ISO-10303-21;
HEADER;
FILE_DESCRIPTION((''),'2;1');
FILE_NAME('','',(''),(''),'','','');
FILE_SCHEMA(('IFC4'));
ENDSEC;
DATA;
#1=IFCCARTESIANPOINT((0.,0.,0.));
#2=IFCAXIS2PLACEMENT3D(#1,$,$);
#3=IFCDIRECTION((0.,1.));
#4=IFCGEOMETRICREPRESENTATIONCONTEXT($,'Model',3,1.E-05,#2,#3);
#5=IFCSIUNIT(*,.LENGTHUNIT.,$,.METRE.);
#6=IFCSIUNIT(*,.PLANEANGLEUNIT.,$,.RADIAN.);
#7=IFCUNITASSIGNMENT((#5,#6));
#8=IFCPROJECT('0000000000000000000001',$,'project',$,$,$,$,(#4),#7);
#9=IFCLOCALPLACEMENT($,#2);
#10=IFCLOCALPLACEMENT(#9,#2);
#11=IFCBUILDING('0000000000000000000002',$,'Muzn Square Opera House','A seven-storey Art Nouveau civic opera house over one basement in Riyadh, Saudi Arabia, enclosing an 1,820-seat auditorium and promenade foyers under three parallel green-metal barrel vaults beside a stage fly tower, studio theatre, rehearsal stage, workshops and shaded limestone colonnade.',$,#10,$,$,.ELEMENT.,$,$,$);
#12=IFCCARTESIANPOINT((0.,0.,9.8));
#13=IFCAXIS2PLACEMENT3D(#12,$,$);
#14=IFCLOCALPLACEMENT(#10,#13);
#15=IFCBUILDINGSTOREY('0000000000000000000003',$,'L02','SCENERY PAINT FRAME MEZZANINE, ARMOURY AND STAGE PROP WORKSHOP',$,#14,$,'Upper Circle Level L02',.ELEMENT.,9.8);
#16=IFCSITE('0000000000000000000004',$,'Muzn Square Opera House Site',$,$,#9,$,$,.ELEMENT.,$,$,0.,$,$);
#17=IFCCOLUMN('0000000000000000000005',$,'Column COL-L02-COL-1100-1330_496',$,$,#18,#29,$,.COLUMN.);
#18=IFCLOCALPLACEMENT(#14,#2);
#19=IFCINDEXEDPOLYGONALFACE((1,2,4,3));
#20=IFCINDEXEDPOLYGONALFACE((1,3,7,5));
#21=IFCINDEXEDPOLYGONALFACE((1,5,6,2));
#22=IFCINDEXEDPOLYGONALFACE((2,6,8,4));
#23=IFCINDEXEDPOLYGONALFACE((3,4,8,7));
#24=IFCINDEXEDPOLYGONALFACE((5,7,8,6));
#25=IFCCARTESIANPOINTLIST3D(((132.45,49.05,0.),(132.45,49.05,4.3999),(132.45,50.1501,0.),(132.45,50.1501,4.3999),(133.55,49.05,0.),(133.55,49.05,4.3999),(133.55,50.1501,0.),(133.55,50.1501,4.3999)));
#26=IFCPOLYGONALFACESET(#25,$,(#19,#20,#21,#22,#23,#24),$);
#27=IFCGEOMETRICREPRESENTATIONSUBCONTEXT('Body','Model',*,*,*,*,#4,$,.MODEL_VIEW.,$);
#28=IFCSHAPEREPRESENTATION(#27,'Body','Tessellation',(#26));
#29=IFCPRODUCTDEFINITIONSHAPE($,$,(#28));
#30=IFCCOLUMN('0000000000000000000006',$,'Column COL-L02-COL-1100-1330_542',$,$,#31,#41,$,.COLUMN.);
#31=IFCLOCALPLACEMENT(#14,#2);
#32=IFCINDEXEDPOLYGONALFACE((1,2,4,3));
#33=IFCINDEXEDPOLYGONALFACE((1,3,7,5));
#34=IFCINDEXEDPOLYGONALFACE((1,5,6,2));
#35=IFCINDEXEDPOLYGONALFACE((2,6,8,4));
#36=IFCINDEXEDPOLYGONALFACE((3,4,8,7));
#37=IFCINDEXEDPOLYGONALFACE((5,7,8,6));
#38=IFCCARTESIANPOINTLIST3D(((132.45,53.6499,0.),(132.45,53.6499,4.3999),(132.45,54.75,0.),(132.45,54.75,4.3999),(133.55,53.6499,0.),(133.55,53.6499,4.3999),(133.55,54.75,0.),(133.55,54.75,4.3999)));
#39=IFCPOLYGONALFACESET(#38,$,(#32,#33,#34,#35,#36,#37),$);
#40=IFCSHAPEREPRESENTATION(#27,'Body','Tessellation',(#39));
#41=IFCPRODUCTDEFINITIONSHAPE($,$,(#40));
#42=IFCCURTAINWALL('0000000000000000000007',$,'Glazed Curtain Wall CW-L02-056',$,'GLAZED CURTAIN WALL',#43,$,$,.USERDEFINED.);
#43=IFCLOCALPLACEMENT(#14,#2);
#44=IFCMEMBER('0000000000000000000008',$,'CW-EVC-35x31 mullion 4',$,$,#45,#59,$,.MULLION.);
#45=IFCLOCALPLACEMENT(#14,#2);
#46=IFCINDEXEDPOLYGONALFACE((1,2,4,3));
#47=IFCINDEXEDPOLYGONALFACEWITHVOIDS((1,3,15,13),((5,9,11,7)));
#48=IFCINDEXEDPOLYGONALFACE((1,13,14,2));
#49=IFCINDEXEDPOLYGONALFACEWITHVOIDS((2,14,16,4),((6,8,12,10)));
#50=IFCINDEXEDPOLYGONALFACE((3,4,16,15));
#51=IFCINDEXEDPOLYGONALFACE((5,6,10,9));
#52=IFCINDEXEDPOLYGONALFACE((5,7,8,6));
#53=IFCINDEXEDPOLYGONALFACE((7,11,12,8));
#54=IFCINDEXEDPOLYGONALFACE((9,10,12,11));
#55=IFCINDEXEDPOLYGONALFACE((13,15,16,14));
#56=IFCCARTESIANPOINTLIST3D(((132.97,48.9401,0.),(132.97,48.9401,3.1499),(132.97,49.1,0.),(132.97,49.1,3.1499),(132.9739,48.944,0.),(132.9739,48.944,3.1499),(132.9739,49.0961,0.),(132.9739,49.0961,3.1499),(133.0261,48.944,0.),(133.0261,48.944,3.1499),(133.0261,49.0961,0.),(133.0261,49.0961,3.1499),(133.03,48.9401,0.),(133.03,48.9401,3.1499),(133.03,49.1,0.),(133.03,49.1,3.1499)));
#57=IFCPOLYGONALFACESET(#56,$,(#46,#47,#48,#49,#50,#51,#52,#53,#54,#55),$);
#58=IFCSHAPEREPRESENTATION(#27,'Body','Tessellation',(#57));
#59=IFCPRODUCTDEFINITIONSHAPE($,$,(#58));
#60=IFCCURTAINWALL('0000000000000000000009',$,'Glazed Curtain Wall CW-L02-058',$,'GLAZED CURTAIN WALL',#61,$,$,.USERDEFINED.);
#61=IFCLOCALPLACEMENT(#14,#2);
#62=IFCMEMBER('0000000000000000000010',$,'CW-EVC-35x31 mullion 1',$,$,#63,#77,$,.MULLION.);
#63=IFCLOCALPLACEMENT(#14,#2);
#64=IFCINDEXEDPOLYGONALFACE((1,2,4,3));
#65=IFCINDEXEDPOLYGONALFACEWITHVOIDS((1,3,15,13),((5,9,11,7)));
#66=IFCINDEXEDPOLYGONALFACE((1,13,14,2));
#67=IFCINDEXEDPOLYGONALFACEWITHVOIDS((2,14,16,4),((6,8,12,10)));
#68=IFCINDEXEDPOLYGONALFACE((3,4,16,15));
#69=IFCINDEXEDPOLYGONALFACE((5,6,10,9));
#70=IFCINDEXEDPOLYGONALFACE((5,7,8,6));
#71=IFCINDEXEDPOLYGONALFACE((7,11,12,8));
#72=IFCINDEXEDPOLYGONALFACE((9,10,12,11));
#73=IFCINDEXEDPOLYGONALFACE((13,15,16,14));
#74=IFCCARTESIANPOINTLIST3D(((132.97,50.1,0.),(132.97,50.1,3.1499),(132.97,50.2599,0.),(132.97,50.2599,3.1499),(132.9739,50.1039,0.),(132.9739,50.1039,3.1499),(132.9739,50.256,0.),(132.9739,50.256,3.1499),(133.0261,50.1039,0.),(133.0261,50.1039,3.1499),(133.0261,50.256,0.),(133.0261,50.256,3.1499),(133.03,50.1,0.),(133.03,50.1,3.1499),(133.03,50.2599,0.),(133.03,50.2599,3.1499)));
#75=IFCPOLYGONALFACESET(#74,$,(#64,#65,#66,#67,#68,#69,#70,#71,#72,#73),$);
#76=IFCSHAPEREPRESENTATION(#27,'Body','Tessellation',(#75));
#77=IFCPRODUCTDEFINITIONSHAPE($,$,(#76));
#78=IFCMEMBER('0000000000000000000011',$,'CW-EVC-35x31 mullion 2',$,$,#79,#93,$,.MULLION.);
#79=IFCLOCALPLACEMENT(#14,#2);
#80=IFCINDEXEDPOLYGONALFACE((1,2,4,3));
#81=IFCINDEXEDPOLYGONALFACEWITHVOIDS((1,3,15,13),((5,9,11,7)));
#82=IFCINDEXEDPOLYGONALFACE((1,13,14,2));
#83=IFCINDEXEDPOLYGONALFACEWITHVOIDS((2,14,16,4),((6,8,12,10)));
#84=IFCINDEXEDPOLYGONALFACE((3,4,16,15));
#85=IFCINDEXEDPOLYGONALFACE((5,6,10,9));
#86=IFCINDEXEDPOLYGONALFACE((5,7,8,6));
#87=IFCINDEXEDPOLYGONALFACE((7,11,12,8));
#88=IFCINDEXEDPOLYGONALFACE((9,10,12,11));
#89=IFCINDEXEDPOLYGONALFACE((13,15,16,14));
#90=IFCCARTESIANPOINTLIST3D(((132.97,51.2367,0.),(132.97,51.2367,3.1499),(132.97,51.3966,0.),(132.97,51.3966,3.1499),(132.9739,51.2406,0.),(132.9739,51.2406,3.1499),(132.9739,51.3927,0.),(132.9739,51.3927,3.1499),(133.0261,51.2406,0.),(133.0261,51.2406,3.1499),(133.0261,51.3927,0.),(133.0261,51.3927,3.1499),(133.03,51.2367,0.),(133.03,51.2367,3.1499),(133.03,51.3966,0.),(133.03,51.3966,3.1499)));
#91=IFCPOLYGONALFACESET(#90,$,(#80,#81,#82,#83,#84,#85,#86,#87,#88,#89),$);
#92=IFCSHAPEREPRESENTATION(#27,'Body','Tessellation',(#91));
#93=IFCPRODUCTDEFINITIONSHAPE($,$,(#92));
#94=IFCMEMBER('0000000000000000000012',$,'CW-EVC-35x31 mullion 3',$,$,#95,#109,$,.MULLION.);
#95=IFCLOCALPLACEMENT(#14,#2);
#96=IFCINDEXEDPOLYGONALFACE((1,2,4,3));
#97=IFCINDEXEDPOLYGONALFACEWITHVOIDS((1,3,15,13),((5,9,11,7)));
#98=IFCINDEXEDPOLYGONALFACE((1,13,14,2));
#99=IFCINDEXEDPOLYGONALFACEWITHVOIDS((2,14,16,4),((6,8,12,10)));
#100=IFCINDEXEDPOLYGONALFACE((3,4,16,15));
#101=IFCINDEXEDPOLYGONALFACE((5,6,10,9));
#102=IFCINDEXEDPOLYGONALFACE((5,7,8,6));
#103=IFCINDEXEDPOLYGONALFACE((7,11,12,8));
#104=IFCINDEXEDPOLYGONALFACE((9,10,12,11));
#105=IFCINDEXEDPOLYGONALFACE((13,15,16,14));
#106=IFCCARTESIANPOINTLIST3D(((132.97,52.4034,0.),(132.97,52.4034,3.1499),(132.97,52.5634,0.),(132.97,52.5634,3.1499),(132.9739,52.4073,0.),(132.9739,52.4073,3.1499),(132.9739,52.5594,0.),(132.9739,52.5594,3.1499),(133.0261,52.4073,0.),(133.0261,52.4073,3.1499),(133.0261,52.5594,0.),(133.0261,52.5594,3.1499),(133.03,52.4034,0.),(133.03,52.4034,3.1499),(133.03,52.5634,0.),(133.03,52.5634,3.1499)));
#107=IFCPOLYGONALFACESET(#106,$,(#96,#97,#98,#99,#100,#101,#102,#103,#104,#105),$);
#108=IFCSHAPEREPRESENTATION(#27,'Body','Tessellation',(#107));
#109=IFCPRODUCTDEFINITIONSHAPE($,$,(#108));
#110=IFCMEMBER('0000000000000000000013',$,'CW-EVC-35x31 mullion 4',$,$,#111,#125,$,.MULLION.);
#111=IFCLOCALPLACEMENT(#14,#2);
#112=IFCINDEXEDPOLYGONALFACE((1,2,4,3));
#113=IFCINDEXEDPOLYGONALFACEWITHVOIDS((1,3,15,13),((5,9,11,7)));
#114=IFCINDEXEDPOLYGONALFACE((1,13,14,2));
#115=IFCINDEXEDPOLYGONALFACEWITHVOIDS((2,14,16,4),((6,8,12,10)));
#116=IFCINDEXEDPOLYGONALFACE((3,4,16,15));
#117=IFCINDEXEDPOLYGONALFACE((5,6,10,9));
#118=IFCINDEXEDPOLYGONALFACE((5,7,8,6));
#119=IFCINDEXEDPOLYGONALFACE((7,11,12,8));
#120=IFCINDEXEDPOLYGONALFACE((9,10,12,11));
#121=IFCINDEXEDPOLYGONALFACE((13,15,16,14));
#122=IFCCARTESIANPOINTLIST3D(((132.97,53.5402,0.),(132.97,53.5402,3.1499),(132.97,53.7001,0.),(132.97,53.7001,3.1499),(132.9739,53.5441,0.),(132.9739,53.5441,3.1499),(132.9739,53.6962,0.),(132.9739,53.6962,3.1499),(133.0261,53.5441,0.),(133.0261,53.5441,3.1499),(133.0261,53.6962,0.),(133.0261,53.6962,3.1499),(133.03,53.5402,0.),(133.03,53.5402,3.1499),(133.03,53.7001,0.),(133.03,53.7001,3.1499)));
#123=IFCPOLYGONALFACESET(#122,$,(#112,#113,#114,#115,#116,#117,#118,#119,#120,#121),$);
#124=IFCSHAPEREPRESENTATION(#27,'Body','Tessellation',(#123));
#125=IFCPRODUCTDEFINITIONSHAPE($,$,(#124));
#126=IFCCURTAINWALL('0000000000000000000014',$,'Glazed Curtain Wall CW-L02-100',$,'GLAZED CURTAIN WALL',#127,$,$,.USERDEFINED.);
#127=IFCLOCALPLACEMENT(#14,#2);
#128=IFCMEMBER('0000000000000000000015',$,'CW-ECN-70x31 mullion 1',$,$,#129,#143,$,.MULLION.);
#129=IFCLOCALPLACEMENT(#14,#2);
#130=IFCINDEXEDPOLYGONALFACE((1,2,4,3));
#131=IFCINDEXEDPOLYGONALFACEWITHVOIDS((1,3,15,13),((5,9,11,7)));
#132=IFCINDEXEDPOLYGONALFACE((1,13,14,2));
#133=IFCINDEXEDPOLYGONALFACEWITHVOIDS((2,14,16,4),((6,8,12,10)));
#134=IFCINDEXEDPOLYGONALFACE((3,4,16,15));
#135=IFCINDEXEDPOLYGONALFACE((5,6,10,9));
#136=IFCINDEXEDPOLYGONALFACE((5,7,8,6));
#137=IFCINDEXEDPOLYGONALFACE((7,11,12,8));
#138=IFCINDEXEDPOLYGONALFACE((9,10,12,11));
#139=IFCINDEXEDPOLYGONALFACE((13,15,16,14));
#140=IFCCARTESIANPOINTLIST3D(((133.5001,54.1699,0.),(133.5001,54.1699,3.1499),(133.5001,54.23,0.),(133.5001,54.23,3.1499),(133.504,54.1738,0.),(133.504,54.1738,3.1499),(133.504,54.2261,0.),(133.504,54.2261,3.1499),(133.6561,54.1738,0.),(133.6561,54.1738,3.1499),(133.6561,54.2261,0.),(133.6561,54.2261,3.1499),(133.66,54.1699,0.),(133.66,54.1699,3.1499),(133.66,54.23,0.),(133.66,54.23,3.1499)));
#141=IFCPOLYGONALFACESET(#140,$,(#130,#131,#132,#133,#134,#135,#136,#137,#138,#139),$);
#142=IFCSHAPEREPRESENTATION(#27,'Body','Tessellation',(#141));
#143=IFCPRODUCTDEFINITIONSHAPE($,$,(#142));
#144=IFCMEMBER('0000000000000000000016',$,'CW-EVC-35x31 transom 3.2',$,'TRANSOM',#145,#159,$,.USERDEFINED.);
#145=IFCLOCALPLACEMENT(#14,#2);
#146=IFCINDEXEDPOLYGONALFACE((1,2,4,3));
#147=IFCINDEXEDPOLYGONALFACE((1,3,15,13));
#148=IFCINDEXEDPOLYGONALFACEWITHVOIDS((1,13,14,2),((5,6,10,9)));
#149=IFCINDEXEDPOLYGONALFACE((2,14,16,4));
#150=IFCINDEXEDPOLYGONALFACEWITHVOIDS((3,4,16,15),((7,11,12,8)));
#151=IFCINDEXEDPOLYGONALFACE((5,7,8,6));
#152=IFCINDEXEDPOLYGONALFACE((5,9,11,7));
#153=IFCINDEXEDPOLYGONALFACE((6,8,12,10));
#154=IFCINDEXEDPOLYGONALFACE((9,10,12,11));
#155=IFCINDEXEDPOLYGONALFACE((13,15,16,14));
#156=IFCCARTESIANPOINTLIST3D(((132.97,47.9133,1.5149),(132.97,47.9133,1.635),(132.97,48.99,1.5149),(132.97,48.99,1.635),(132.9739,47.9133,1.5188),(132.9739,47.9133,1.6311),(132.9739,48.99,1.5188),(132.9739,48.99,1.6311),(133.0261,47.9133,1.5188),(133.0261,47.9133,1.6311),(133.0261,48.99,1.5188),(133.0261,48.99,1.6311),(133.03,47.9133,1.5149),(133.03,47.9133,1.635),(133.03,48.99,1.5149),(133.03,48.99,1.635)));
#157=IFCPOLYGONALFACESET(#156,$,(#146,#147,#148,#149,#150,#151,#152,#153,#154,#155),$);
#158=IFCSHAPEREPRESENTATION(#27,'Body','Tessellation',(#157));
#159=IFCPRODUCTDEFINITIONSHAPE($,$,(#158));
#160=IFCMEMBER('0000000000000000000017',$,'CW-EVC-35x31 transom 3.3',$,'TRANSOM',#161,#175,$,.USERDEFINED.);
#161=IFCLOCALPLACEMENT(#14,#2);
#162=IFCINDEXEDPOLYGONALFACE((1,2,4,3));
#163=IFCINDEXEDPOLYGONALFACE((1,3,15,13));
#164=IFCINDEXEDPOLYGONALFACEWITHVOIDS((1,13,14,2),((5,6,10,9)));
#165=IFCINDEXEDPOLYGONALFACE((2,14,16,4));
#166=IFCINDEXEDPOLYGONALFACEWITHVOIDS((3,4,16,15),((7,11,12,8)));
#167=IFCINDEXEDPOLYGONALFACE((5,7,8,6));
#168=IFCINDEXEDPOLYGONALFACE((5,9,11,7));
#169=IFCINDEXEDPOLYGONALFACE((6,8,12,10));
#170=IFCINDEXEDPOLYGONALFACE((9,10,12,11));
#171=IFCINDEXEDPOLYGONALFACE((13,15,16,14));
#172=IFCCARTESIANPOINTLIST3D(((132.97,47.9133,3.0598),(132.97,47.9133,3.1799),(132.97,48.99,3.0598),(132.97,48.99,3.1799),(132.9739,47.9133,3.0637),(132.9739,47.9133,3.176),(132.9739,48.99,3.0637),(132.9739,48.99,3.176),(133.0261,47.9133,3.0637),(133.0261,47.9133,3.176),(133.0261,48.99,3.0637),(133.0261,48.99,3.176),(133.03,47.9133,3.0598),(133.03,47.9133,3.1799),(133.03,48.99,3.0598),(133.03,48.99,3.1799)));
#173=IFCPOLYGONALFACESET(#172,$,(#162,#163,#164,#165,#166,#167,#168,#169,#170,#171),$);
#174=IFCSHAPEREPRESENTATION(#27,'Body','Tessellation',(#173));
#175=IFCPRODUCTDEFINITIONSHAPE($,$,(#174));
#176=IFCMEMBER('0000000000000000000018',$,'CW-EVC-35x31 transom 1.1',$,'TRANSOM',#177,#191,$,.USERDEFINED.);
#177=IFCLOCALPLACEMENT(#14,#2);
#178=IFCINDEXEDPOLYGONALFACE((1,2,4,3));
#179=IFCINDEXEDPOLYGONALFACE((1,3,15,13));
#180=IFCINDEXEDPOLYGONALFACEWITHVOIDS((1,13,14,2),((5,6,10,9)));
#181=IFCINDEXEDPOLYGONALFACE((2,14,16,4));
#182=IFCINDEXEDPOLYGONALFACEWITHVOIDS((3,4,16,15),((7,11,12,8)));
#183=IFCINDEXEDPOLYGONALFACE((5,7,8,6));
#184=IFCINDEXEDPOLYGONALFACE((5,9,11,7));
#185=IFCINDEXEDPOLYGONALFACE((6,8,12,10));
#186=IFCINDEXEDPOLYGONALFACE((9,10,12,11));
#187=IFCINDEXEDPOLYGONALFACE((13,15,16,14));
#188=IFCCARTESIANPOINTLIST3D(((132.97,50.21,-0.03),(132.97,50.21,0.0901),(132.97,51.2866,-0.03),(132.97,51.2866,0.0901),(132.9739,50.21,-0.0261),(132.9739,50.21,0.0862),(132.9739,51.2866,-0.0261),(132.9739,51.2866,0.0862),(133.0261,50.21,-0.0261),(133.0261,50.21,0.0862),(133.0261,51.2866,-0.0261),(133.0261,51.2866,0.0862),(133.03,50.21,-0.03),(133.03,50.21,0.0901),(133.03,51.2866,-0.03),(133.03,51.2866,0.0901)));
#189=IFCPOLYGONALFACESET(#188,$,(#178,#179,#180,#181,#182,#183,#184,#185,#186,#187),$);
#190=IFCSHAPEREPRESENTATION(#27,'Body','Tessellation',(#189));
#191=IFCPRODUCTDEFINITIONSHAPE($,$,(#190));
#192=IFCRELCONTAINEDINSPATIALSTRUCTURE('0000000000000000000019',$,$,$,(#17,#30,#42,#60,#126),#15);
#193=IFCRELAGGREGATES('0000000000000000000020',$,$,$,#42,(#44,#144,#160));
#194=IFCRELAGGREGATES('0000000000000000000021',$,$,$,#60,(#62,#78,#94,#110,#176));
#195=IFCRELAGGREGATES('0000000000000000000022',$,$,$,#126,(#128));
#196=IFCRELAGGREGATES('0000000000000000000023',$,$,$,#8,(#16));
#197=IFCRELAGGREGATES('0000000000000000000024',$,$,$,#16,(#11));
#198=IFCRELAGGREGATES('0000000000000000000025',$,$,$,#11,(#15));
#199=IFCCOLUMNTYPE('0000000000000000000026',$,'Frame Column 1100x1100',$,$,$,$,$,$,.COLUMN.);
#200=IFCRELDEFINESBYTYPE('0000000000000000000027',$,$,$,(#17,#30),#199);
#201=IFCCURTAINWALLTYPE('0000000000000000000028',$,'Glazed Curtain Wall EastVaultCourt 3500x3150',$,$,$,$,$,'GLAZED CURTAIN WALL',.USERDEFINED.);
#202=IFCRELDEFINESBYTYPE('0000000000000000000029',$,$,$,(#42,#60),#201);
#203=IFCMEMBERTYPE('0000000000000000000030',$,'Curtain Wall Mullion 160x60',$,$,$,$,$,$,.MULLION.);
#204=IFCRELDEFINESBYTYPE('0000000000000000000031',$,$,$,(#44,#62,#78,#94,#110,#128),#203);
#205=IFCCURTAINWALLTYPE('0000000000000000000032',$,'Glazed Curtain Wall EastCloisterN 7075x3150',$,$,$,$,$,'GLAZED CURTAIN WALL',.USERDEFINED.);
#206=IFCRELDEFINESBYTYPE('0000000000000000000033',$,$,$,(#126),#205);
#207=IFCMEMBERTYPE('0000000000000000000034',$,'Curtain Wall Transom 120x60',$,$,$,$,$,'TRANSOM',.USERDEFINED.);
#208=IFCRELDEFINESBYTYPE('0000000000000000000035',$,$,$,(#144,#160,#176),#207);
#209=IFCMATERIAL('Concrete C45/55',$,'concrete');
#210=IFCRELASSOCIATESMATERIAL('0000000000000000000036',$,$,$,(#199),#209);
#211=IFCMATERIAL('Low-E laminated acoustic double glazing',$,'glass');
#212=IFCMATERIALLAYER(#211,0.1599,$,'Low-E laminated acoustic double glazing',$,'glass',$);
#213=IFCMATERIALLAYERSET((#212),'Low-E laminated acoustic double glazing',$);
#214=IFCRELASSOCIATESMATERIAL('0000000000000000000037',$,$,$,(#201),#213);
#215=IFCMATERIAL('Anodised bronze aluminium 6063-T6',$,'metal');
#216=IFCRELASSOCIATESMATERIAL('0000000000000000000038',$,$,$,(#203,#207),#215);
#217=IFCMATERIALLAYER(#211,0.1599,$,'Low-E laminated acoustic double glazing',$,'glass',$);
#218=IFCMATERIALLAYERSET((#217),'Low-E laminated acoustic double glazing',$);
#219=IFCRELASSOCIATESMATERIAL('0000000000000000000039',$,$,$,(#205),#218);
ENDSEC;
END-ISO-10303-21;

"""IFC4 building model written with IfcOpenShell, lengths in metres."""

from ifc_helpers import new_model, si_unit, direction, frame, origin, origin_2d, place, context, subcontext, project, spatial, rectangle, hollow_rectangle, extrude, material, layer, layer_set, material_profile, profile_set, type_object, element, aggregate, save


model = new_model("IFC4")

# Units and contexts
model_context = context("Model", 3, precision=1e-05, world=origin(), true_north=direction((0.0, 1.0)))
body_context = subcontext(model_context, "Body", "Model", "MODEL_VIEW")
ifc_project = project(units=[si_unit("LENGTHUNIT", "METRE"), si_unit("PLANEANGLEUNIT", "RADIAN")], contexts=[model_context])

# Site, building, storey
site_placement = place(None, origin())
site = spatial("IfcSite", under=ifc_project, at=site_placement, Name="Muzn Square Opera House Site", CompositionType="ELEMENT", RefElevation=0.0)
building_placement = place(site_placement, origin())
building = spatial("IfcBuilding", under=site, at=building_placement, Name="Muzn Square Opera House", Description="A seven-storey Art Nouveau civic opera house over one basement in Riyadh, Saudi Arabia, enclosing an 1,820-seat auditorium and promenade foyers under three parallel green-metal barrel vaults beside a stage fly tower, studio theatre, rehearsal stage, workshops and shaded limestone colonnade.", CompositionType="ELEMENT")
storey_placement = place(building_placement, frame((0.0, 0.0, 9.8)))
storey = spatial("IfcBuildingStorey", under=building, at=storey_placement, Name="L02", Description="SCENERY PAINT FRAME MEZZANINE, ARMOURY AND STAGE PROP WORKSHOP", LongName="Upper Circle Level L02", CompositionType="ELEMENT", Elevation=9.8)

# Columns
ifc_material_1 = material(Name="Concrete C45/55", Category="concrete")
ifc_material_profile_1 = material_profile(ifc_material_1, rectangle(XDim=1.1001, YDim=1.1001, at=origin_2d()), Name="RC 1100x1100", Category="concrete")
ifc_profile_set_1 = profile_set([ifc_material_profile_1], Name="Concrete C45/55")
column_type = type_object("IfcColumnType", Name="Frame Column 1100x1100", PredefinedType="COLUMN", material=ifc_profile_set_1)
for number, where, z_axis, x_axis, name in (
    (1, (133.0, 49.6001, 0.0), (0.0, 0.0, 1.0), (1.0, 0.0, 0.0), "Column COL-L02-COL-1100-1330_496"),
    (2, (133.0, 54.2, 0.0), (0.0, 0.0, 1.0), (1.0, 0.0, 0.0), "Column COL-L02-COL-1100-1330_542"),
):
    element("IfcColumn", number, at=place(storey_placement, frame(where, z_axis=z_axis, x_axis=x_axis)), inside=storey, type_object=column_type, Name=name, PredefinedType="COLUMN", context=body_context, shape_type="SweptSolid", body=[
        extrude(rectangle(XDim=1.1001, YDim=1.1001, at=origin_2d()), origin(), (0.0, 0.0, 1.0), 4.3999),
    ])

# Curtain wall, member
ifc_material_2 = material(Name="Low-E laminated acoustic double glazing", Category="glass")
ifc_layer_1 = layer(ifc_material_2, 0.1599, Name="Low-E laminated acoustic double glazing", Category="glass")
ifc_layer_set_1 = layer_set([ifc_layer_1], Name="Low-E laminated acoustic double glazing")
curtain_wall_type_1 = type_object("IfcCurtainWallType", Name="Glazed Curtain Wall EastVaultCourt 3500x3150", ElementType="GLAZED CURTAIN WALL", PredefinedType="USERDEFINED", material=ifc_layer_set_1)
curtain_wall_1_placement = place(storey_placement, origin())
curtain_wall_1 = element("IfcCurtainWall", 3, at=curtain_wall_1_placement, inside=storey, type_object=curtain_wall_type_1, Name="Glazed Curtain Wall CW-L02-056", ObjectType="GLAZED CURTAIN WALL", PredefinedType="USERDEFINED")
ifc_material_3 = material(Name="Anodised bronze aluminium 6063-T6", Category="metal")
ifc_material_profile_2 = material_profile(ifc_material_3, hollow_rectangle(XDim=0.0601, YDim=0.1599, WallThickness=0.0039, at=origin_2d()), Name="ALU 160x60x4", Category="metal")
ifc_profile_set_2 = profile_set([ifc_material_profile_2], Name="Anodised bronze aluminium 6063-T6")
member_type_1 = type_object("IfcMemberType", Name="Curtain Wall Mullion 160x60", PredefinedType="MULLION", material=ifc_profile_set_2)
member_1_placement = place(storey_placement, frame((133.0, 49.02, 0.0), z_axis=(0.0, 0.0, 1.0), x_axis=(-1.0, 0.0, 0.0)))
member_1 = element("IfcMember", 4, at=member_1_placement, type_object=member_type_1, Name="CW-EVC-35x31 mullion 4", PredefinedType="MULLION", context=body_context, shape_type="SweptSolid", body=[
    extrude(hollow_rectangle(XDim=0.0601, YDim=0.1599, WallThickness=0.0039, at=origin_2d()), origin(), (0.0, 0.0, 1.0), 3.1499),
])

# Curtain wall, members
curtain_wall_2_placement = place(storey_placement, origin())
curtain_wall_2 = element("IfcCurtainWall", 5, at=curtain_wall_2_placement, inside=storey, type_object=curtain_wall_type_1, Name="Glazed Curtain Wall CW-L02-058", ObjectType="GLAZED CURTAIN WALL", PredefinedType="USERDEFINED")
member_2_placement = place(storey_placement, frame((133.0, 50.1799, 0.0), z_axis=(0.0, 0.0, 1.0), x_axis=(-1.0, 0.0, 0.0)))
member_2 = element("IfcMember", 6, at=member_2_placement, type_object=member_type_1, Name="CW-EVC-35x31 mullion 1", PredefinedType="MULLION", context=body_context, shape_type="SweptSolid", body=[
    extrude(hollow_rectangle(XDim=0.0601, YDim=0.1599, WallThickness=0.0039, at=origin_2d()), origin(), (0.0, 0.0, 1.0), 3.1499),
])
member_3_placement = place(storey_placement, frame((133.0, 51.3167, 0.0), z_axis=(0.0, 0.0, 1.0), x_axis=(-1.0, 0.0, 0.0)))
member_3 = element("IfcMember", 7, at=member_3_placement, type_object=member_type_1, Name="CW-EVC-35x31 mullion 2", PredefinedType="MULLION", context=body_context, shape_type="SweptSolid", body=[
    extrude(hollow_rectangle(XDim=0.0601, YDim=0.1599, WallThickness=0.0039, at=origin_2d()), origin(), (0.0, 0.0, 1.0), 3.1499),
])
member_4_placement = place(storey_placement, frame((133.0, 52.4834, 0.0), z_axis=(0.0, 0.0, 1.0), x_axis=(-1.0, 0.0, 0.0)))
member_4 = element("IfcMember", 8, at=member_4_placement, type_object=member_type_1, Name="CW-EVC-35x31 mullion 3", PredefinedType="MULLION", context=body_context, shape_type="SweptSolid", body=[
    extrude(hollow_rectangle(XDim=0.0601, YDim=0.1599, WallThickness=0.0039, at=origin_2d()), origin(), (0.0, 0.0, 1.0), 3.1499),
])
member_5_placement = place(storey_placement, frame((133.0, 53.6201, 0.0), z_axis=(0.0, 0.0, 1.0), x_axis=(-1.0, 0.0, 0.0)))
member_5 = element("IfcMember", 9, at=member_5_placement, type_object=member_type_1, Name="CW-EVC-35x31 mullion 4", PredefinedType="MULLION", context=body_context, shape_type="SweptSolid", body=[
    extrude(hollow_rectangle(XDim=0.0601, YDim=0.1599, WallThickness=0.0039, at=origin_2d()), origin(), (0.0, 0.0, 1.0), 3.1499),
])

# Curtain wall, member
ifc_layer_2 = layer(ifc_material_2, 0.1599, Name="Low-E laminated acoustic double glazing", Category="glass")
ifc_layer_set_2 = layer_set([ifc_layer_2], Name="Low-E laminated acoustic double glazing")
curtain_wall_type_2 = type_object("IfcCurtainWallType", Name="Glazed Curtain Wall EastCloisterN 7075x3150", ElementType="GLAZED CURTAIN WALL", PredefinedType="USERDEFINED", material=ifc_layer_set_2)
curtain_wall_3_placement = place(storey_placement, origin())
curtain_wall_3 = element("IfcCurtainWall", 10, at=curtain_wall_3_placement, inside=storey, type_object=curtain_wall_type_2, Name="Glazed Curtain Wall CW-L02-100", ObjectType="GLAZED CURTAIN WALL", PredefinedType="USERDEFINED")
member_6_placement = place(storey_placement, frame((133.5801, 54.2, 0.0), z_axis=(0.0, 0.0, 1.0), x_axis=(0.0, 1.0, 0.0)))
member_6 = element("IfcMember", 11, at=member_6_placement, type_object=member_type_1, Name="CW-ECN-70x31 mullion 1", PredefinedType="MULLION", context=body_context, shape_type="SweptSolid", body=[
    extrude(hollow_rectangle(XDim=0.0601, YDim=0.1599, WallThickness=0.0039, at=origin_2d()), origin(), (0.0, 0.0, 1.0), 3.1499),
])

# Members
ifc_material_profile_3 = material_profile(ifc_material_3, hollow_rectangle(XDim=0.0601, YDim=0.1201, WallThickness=0.0039, at=origin_2d()), Name="ALU 120x60x4", Category="metal")
ifc_profile_set_3 = profile_set([ifc_material_profile_3], Name="Anodised bronze aluminium 6063-T6")
member_type_2 = type_object("IfcMemberType", Name="Curtain Wall Transom 120x60", ElementType="TRANSOM", PredefinedType="USERDEFINED", material=ifc_profile_set_3)
member_7_placement = place(storey_placement, frame((133.0, 47.9133, 1.575), z_axis=(0.0, 1.0, 0.0), x_axis=(-1.0, 0.0, 0.0)))
member_7 = element("IfcMember", 12, at=member_7_placement, type_object=member_type_2, Name="CW-EVC-35x31 transom 3.2", ObjectType="TRANSOM", PredefinedType="USERDEFINED", context=body_context, shape_type="SweptSolid", body=[
    extrude(hollow_rectangle(XDim=0.0601, YDim=0.1201, WallThickness=0.0039, at=origin_2d()), origin(), (0.0, 0.0, 1.0), 1.0767),
])
member_8_placement = place(storey_placement, frame((133.0, 47.9133, 3.1199), z_axis=(0.0, 1.0, 0.0), x_axis=(-1.0, 0.0, 0.0)))
member_8 = element("IfcMember", 13, at=member_8_placement, type_object=member_type_2, Name="CW-EVC-35x31 transom 3.3", ObjectType="TRANSOM", PredefinedType="USERDEFINED", context=body_context, shape_type="SweptSolid", body=[
    extrude(hollow_rectangle(XDim=0.0601, YDim=0.1201, WallThickness=0.0039, at=origin_2d()), origin(), (0.0, 0.0, 1.0), 1.0767),
])
member_9_placement = place(storey_placement, frame((133.0, 50.21, 0.03), z_axis=(0.0, 1.0, 0.0), x_axis=(-1.0, 0.0, 0.0)))
member_9 = element("IfcMember", 14, at=member_9_placement, type_object=member_type_2, Name="CW-EVC-35x31 transom 1.1", ObjectType="TRANSOM", PredefinedType="USERDEFINED", context=body_context, shape_type="SweptSolid", body=[
    extrude(hollow_rectangle(XDim=0.0601, YDim=0.1201, WallThickness=0.0039, at=origin_2d()), origin(), (0.0, 0.0, 1.0), 1.0767),
])

aggregate(curtain_wall_1, [member_1, member_7, member_8])
aggregate(curtain_wall_2, [member_2, member_3, member_4, member_5, member_9])
aggregate(curtain_wall_3, [member_6])

save(model, "model.ifc")
